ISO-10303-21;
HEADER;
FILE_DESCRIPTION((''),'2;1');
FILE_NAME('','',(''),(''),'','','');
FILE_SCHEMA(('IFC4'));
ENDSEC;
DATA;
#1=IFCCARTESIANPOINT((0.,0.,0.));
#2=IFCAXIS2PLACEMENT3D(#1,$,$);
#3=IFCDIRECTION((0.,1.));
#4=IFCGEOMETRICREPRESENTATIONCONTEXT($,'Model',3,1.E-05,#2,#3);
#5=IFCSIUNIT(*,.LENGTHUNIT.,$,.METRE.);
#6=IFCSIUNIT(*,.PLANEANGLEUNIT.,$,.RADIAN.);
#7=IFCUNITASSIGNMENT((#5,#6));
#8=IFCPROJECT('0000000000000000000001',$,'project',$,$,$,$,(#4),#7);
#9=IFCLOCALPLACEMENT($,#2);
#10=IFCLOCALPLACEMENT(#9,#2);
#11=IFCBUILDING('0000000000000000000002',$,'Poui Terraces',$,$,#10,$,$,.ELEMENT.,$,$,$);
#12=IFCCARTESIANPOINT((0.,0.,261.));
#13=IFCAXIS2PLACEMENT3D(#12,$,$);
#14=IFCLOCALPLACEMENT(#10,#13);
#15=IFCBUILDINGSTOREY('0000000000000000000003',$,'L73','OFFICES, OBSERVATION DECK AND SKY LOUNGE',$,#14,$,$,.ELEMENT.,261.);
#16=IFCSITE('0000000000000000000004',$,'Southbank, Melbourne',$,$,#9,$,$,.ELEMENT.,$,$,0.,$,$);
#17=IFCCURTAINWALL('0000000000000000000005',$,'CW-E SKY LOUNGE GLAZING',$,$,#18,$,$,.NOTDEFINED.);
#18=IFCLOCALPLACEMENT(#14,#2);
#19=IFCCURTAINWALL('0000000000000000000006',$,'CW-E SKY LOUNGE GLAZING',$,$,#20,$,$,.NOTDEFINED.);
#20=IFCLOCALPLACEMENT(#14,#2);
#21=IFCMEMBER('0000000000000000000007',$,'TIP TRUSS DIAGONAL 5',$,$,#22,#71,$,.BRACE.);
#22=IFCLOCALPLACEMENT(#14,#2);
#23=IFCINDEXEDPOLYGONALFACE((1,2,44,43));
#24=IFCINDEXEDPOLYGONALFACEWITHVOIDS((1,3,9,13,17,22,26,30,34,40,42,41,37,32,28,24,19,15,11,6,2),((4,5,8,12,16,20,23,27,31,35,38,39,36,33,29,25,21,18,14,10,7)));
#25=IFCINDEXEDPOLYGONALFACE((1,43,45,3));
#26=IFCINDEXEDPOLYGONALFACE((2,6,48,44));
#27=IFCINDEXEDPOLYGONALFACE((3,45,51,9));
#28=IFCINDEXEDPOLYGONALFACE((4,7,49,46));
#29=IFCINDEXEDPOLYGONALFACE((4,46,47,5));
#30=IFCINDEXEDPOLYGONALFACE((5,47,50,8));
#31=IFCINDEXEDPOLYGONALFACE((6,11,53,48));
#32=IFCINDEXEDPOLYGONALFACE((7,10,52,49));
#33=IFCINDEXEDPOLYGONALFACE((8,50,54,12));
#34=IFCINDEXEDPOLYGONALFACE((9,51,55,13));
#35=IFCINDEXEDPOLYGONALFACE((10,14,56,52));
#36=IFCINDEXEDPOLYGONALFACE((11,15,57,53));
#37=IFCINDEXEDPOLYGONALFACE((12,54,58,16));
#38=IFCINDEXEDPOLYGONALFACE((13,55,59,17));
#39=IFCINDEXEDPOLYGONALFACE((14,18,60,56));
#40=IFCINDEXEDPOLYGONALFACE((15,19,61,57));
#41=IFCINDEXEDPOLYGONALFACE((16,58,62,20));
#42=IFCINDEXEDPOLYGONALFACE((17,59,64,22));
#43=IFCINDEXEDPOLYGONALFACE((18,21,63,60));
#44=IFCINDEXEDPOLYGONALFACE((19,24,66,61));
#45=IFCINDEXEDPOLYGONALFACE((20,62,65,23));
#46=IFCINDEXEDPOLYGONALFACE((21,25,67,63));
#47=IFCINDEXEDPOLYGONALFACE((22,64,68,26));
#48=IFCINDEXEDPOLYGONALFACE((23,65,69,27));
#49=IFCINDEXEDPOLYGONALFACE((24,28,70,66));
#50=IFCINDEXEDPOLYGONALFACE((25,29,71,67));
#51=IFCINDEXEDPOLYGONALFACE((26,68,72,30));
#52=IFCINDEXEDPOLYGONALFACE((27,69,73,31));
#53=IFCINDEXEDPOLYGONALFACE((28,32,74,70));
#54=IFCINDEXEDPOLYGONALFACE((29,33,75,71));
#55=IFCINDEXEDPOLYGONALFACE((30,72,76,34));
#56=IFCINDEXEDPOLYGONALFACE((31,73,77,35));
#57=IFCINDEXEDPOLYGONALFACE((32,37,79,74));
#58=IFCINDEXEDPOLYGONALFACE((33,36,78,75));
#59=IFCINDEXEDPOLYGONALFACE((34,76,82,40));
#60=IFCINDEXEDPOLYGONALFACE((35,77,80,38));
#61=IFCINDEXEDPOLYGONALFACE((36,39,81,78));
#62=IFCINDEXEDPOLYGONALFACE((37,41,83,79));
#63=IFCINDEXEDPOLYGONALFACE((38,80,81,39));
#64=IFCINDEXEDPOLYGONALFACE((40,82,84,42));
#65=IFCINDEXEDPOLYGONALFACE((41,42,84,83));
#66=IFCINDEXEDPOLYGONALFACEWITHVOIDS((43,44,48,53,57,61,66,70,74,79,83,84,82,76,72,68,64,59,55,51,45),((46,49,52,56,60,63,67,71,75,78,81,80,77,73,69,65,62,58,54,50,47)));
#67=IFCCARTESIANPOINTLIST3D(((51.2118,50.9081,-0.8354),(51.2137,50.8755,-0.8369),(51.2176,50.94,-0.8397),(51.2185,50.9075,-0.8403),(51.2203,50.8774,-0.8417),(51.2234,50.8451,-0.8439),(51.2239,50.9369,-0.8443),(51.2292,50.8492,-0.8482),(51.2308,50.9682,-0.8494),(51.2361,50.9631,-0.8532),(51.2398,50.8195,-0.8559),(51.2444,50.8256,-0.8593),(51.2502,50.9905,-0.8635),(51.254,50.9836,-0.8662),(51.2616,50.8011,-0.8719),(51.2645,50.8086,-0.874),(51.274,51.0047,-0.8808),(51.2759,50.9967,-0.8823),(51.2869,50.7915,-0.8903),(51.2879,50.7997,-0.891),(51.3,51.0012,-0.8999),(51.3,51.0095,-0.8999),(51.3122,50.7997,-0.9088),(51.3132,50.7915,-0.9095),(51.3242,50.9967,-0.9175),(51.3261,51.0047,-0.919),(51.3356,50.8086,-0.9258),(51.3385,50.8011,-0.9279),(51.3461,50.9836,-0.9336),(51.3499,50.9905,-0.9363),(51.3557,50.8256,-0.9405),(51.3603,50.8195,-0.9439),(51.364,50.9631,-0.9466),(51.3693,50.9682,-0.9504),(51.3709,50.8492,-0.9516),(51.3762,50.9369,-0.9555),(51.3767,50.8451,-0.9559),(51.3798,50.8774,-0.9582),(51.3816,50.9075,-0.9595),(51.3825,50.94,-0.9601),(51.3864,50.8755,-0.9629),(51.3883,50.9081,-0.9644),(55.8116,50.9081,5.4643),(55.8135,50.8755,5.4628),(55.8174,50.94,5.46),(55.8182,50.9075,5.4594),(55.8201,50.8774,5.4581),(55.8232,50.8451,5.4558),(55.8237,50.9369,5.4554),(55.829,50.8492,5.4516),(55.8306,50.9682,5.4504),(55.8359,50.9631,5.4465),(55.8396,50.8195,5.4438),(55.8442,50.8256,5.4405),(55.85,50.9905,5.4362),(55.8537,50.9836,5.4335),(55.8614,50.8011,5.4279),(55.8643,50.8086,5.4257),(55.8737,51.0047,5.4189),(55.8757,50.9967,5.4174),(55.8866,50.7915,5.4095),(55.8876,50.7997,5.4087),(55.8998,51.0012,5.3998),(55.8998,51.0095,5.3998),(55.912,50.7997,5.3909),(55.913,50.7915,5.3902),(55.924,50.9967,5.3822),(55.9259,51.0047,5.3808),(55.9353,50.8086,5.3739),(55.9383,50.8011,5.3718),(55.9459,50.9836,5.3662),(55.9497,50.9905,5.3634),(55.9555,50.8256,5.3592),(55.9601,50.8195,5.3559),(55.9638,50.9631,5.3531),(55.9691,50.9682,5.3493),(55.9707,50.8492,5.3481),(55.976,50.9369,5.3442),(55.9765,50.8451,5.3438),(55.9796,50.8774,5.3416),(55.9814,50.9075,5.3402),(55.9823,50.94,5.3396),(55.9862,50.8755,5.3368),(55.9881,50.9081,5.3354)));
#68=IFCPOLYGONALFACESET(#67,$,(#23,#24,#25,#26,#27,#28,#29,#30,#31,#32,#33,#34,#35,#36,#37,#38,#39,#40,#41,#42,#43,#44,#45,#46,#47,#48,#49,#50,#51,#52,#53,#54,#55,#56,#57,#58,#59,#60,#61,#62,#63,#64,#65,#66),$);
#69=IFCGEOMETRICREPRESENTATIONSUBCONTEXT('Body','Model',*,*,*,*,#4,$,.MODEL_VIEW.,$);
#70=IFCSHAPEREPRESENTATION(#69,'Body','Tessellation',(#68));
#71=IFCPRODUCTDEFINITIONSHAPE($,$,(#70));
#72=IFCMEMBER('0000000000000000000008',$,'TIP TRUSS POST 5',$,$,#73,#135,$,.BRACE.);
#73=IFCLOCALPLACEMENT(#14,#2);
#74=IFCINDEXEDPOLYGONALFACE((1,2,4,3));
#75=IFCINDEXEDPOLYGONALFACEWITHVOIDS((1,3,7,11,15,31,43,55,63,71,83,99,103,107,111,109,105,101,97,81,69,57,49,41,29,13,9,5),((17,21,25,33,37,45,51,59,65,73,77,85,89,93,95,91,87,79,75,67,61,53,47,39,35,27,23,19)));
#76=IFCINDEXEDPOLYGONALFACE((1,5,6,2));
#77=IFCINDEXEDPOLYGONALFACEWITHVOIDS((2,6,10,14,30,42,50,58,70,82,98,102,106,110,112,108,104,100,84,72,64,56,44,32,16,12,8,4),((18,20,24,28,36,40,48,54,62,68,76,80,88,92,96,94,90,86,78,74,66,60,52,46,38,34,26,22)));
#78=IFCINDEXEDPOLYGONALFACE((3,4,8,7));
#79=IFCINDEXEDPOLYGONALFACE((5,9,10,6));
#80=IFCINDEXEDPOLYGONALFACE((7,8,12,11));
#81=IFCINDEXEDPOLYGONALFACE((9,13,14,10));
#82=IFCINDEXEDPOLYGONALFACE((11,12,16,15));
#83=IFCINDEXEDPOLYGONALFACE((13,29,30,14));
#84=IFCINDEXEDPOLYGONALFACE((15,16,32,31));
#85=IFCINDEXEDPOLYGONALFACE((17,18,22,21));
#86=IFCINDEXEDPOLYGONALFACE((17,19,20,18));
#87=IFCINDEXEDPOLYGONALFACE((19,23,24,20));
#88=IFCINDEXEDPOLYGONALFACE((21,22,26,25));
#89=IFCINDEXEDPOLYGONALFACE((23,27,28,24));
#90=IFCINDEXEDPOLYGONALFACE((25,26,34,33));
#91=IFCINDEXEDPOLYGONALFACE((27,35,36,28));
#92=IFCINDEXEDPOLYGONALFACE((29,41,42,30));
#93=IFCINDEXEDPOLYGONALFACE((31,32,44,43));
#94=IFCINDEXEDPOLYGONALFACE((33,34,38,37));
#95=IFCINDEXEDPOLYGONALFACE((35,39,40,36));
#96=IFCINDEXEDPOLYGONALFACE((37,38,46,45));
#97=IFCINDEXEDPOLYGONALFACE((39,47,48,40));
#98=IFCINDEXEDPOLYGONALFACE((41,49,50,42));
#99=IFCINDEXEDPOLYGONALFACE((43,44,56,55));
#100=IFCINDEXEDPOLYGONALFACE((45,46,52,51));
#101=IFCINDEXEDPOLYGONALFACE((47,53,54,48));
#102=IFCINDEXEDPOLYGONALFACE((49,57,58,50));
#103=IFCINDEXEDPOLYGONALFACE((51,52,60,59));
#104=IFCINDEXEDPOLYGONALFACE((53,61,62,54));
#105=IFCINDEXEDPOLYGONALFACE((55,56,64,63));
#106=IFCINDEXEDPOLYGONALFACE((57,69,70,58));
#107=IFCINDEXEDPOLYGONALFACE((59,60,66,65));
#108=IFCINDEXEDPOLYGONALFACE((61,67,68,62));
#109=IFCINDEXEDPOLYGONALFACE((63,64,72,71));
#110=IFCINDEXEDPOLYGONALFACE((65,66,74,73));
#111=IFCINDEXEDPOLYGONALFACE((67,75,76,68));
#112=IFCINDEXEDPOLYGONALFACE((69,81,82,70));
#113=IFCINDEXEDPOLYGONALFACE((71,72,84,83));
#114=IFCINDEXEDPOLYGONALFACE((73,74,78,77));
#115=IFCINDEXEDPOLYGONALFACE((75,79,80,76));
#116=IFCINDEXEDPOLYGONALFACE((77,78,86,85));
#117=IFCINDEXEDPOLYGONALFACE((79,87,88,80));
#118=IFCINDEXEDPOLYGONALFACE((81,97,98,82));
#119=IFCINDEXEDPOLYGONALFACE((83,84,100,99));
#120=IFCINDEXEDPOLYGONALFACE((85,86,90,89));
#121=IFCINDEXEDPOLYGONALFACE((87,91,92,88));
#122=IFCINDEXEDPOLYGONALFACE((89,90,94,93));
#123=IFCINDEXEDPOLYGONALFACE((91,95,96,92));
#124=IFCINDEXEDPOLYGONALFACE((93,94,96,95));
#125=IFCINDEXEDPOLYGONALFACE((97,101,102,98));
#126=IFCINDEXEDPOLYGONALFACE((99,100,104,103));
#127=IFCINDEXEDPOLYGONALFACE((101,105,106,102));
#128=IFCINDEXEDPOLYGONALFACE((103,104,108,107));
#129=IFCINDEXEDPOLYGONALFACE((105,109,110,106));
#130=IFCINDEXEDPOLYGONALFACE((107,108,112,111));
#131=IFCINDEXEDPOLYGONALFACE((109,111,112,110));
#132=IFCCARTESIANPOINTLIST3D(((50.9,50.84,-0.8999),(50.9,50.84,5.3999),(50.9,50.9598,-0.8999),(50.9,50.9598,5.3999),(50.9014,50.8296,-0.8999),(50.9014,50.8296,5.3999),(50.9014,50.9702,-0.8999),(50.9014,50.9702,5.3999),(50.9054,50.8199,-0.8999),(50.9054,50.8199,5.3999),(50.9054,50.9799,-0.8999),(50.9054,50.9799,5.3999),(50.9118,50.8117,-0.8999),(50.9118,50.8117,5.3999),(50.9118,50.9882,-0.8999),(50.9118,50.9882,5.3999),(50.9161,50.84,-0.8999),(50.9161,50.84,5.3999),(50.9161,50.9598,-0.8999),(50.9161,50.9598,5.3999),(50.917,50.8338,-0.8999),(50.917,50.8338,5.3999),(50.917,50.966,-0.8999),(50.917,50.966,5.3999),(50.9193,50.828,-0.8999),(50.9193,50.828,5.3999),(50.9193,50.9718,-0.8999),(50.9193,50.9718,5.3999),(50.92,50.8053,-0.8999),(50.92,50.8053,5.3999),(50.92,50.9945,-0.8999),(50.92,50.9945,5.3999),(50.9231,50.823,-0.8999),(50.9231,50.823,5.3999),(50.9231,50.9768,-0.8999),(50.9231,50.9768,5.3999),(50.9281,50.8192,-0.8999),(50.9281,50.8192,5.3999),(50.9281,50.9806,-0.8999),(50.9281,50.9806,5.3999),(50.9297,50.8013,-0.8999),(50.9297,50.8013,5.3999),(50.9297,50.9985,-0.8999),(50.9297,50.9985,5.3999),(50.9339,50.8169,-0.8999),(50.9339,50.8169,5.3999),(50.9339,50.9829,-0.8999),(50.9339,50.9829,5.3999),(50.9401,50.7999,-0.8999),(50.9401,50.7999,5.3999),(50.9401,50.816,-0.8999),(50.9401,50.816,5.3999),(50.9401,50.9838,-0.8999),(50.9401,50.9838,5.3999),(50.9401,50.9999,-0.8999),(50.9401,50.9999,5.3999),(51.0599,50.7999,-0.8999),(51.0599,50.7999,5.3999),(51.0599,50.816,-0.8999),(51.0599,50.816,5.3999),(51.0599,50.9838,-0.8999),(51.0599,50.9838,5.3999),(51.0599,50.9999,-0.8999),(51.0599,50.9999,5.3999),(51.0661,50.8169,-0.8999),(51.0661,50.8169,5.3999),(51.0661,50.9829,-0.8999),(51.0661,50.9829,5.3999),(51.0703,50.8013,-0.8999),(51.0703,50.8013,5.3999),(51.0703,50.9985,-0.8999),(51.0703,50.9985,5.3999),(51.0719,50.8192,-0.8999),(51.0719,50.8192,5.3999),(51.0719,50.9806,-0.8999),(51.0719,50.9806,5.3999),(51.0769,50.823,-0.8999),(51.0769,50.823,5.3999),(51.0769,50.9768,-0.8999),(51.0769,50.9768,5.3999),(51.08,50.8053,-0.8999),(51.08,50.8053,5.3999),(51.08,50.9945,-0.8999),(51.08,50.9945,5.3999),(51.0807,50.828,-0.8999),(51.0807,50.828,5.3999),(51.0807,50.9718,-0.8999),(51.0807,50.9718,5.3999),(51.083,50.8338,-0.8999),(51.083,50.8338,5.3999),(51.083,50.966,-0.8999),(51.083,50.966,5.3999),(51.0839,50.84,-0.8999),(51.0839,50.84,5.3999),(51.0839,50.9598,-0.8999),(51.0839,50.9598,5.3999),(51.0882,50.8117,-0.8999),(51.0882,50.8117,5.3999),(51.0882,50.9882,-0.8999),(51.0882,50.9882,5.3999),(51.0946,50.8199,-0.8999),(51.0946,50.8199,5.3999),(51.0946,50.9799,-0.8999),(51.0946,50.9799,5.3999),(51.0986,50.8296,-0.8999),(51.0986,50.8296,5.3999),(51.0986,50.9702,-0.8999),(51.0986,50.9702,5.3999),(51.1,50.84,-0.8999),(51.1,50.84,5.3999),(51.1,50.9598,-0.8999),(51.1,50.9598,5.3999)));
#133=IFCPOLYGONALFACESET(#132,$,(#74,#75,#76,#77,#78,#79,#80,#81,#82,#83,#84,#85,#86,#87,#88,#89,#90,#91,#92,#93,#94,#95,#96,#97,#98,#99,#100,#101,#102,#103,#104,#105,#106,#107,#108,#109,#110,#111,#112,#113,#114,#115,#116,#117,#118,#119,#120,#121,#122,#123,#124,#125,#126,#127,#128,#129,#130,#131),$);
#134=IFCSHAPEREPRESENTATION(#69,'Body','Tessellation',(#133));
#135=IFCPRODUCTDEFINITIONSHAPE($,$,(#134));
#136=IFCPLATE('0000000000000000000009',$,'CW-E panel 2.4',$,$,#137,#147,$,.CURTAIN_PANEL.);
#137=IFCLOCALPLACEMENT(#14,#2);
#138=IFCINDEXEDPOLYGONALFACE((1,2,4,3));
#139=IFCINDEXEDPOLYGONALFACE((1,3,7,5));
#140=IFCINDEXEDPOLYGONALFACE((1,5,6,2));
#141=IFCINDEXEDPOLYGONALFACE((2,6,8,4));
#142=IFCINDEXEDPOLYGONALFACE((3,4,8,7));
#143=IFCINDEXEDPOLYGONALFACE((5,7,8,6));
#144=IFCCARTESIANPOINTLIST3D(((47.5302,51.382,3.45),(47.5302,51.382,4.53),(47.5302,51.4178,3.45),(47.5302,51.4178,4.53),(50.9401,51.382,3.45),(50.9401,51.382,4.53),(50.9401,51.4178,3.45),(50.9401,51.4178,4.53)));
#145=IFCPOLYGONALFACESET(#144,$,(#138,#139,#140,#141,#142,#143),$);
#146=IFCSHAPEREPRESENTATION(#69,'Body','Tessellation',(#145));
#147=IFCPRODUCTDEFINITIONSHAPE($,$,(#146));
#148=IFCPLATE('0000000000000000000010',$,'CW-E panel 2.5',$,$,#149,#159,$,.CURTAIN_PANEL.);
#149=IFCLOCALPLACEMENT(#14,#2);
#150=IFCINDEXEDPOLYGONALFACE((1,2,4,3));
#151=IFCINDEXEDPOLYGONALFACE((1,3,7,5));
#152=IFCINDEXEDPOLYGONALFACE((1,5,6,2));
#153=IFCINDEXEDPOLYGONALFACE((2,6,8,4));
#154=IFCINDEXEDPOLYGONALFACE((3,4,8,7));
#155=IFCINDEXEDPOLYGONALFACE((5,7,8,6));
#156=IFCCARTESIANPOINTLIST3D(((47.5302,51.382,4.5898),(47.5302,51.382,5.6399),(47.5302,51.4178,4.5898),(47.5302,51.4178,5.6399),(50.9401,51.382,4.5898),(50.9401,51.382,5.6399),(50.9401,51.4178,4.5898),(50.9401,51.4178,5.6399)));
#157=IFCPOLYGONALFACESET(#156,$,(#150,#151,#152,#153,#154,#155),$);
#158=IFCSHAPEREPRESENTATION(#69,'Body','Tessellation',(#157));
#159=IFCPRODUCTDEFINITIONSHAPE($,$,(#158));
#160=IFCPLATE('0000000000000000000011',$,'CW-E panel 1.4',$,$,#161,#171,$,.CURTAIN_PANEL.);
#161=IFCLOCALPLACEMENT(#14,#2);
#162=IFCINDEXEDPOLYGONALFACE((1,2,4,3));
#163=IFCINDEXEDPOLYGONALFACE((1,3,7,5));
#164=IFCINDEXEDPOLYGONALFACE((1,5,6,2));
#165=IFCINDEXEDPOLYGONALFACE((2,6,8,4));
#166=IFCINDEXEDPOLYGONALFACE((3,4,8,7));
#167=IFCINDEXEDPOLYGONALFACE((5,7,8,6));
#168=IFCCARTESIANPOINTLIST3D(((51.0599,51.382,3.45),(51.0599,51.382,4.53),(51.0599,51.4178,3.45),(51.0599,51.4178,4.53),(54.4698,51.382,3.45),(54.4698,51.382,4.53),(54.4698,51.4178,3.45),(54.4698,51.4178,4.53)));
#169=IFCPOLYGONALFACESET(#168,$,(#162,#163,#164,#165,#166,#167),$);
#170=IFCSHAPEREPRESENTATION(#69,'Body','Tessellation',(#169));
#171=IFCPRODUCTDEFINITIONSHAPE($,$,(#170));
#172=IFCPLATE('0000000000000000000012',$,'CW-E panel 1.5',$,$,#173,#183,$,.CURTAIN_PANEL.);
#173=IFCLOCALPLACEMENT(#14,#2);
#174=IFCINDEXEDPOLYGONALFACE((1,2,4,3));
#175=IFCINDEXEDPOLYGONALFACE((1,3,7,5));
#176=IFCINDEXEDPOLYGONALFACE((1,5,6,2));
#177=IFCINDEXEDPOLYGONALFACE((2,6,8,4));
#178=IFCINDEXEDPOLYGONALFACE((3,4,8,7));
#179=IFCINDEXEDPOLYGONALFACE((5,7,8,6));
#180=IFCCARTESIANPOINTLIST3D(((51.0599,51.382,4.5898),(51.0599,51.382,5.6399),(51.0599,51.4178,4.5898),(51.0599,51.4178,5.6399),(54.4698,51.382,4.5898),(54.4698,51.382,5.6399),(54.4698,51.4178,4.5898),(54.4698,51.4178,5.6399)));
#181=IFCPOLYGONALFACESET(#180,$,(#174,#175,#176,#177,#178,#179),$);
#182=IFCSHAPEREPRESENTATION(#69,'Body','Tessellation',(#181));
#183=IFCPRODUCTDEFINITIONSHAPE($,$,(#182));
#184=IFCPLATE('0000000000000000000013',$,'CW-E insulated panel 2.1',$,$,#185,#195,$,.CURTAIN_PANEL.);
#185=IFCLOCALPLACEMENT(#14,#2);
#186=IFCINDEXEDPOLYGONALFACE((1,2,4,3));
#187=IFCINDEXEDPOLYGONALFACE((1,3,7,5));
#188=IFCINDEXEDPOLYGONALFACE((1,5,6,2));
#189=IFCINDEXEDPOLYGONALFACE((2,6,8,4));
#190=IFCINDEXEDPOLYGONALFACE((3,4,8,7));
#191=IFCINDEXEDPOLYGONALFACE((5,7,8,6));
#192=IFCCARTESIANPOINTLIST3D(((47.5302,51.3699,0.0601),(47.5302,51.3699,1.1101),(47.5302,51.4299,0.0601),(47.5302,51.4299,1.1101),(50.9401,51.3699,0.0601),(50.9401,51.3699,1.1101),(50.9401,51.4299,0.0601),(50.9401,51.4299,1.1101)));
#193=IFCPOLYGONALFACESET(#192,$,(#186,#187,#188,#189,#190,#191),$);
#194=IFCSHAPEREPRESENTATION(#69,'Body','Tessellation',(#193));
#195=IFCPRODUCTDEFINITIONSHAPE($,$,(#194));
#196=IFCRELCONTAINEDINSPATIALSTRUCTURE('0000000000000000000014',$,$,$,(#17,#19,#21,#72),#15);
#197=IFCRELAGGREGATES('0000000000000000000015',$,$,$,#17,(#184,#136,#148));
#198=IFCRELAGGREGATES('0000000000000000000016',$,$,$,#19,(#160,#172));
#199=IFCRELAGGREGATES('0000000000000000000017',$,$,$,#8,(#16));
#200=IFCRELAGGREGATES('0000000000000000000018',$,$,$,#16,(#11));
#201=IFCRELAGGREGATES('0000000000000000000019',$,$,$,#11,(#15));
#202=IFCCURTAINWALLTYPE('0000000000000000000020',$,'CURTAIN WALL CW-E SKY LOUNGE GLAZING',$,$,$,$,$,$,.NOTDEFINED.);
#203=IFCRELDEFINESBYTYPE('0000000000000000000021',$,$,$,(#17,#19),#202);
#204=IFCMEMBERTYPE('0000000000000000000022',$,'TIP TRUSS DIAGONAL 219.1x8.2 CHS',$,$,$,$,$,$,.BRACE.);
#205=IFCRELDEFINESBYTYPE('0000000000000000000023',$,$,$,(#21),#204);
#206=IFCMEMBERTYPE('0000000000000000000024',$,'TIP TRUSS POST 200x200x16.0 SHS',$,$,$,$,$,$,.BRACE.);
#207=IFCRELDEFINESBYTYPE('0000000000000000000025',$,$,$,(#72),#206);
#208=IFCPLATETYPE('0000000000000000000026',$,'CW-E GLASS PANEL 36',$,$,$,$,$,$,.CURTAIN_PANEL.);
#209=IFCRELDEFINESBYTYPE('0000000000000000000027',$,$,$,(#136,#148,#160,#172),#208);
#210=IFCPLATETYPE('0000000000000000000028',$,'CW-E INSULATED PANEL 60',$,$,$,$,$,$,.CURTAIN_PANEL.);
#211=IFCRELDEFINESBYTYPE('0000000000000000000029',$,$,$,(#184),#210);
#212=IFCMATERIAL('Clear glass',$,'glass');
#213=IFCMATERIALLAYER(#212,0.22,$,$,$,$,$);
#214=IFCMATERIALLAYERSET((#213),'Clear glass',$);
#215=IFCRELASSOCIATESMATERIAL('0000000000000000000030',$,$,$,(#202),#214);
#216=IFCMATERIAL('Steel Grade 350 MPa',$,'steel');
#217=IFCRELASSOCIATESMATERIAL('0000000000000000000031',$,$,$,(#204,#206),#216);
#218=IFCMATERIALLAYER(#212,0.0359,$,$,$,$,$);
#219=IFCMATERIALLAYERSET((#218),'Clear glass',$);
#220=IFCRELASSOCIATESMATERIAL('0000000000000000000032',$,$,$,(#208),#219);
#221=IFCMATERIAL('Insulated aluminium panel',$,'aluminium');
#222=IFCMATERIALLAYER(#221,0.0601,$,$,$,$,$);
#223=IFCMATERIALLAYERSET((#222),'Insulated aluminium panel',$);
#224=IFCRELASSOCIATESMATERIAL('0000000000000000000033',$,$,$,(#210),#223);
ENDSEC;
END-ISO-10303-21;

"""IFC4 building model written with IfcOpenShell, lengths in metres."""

from ifc_helpers import new_model, si_unit, direction, frame, origin, origin_2d, place, context, subcontext, project, spatial, rectangle, hollow_rectangle, hollow_circle, extrude, material, layer, layer_set, material_profile, profile_set, type_object, element, aggregate, save


model = new_model("IFC4")

# Units and contexts
model_context = context("Model", 3, precision=1e-05, world=origin(), true_north=direction((0.0, 1.0)))
body_context = subcontext(model_context, "Body", "Model", "MODEL_VIEW")
ifc_project = project(units=[si_unit("LENGTHUNIT", "METRE"), si_unit("PLANEANGLEUNIT", "RADIAN")], contexts=[model_context])

# Site, building, storey
site_placement = place(None, origin())
site = spatial("IfcSite", under=ifc_project, at=site_placement, Name="Southbank, Melbourne", CompositionType="ELEMENT", RefElevation=0.0)
building_placement = place(site_placement, origin())
building = spatial("IfcBuilding", under=site, at=building_placement, Name="Poui Terraces", CompositionType="ELEMENT")
storey_placement = place(building_placement, frame((0.0, 0.0, 261.0)))
storey = spatial("IfcBuildingStorey", under=building, at=storey_placement, Name="L73", Description="OFFICES, OBSERVATION DECK AND SKY LOUNGE", CompositionType="ELEMENT", Elevation=261.0)

# Curtain wall
ifc_material_1 = material(Name="Clear glass", Category="glass")
ifc_layer_1 = layer(ifc_material_1, 0.22)
ifc_layer_set_1 = layer_set([ifc_layer_1], Name="Clear glass")
curtain_wall_type = type_object("IfcCurtainWallType", Name="CURTAIN WALL CW-E SKY LOUNGE GLAZING", PredefinedType="NOTDEFINED", material=ifc_layer_set_1)
curtain_wall_1_placement = place(storey_placement, origin())
curtain_wall_1 = element("IfcCurtainWall", 1, at=curtain_wall_1_placement, inside=storey, type_object=curtain_wall_type, Name="CW-E SKY LOUNGE GLAZING", PredefinedType="NOTDEFINED")

# Curtain wall
curtain_wall_2_placement = place(storey_placement, origin())
curtain_wall_2 = element("IfcCurtainWall", 2, at=curtain_wall_2_placement, inside=storey, type_object=curtain_wall_type, Name="CW-E SKY LOUNGE GLAZING", PredefinedType="NOTDEFINED")

# Members
ifc_material_2 = material(Name="Steel Grade 350 MPa", Category="steel")
ifc_material_profile_1 = material_profile(ifc_material_2, hollow_circle(Radius=0.1096, WallThickness=0.0083, at=origin_2d()), Name="219.1x8.2 CHS")
ifc_profile_set_1 = profile_set([ifc_material_profile_1], Name="Steel Grade 350 MPa")
member_type_1 = type_object("IfcMemberType", Name="TIP TRUSS DIAGONAL 219.1x8.2 CHS", PredefinedType="BRACE", material=ifc_profile_set_1)
member_1_placement = place(storey_placement, frame((51.3, 50.8999, -0.8999), z_axis=(0.589695, 0.0, 0.807626), x_axis=(0.0, 1.0, 0.0)))
element("IfcMember", 3, at=member_1_placement, inside=storey, type_object=member_type_1, Name="TIP TRUSS DIAGONAL 5", PredefinedType="BRACE", context=body_context, shape_type="SweptSolid", body=[
    extrude(hollow_circle(Radius=0.1096, WallThickness=0.0083, at=origin_2d()), origin(), (0.0, 0.0, 1.0), 7.8003),
])
ifc_material_profile_2 = material_profile(ifc_material_2, hollow_rectangle(XDim=0.2, YDim=0.2, WallThickness=0.0161, InnerFilletRadius=0.0239, OuterFilletRadius=0.04, at=origin_2d()), Name="200x200x16.0 SHS")
ifc_profile_set_2 = profile_set([ifc_material_profile_2], Name="Steel Grade 350 MPa")
member_type_2 = type_object("IfcMemberType", Name="TIP TRUSS POST 200x200x16.0 SHS", PredefinedType="BRACE", material=ifc_profile_set_2)
member_2_placement = place(storey_placement, frame((51.0, 50.8999, -0.8999), z_axis=(0.0, 0.0, 1.0), x_axis=(1.0, 0.0, 0.0)))
element("IfcMember", 4, at=member_2_placement, inside=storey, type_object=member_type_2, Name="TIP TRUSS POST 5", PredefinedType="BRACE", context=body_context, shape_type="SweptSolid", body=[
    extrude(hollow_rectangle(XDim=0.2, YDim=0.2, WallThickness=0.0161, InnerFilletRadius=0.0239, OuterFilletRadius=0.04, at=origin_2d()), origin(), (0.0, 0.0, 1.0), 6.2998),
])

# Plates
ifc_layer_2 = layer(ifc_material_1, 0.0359)
ifc_layer_set_2 = layer_set([ifc_layer_2], Name="Clear glass")
plate_type_1 = type_object("IfcPlateType", Name="CW-E GLASS PANEL 36", PredefinedType="CURTAIN_PANEL", material=ifc_layer_set_2)
plate_1_placement = place(storey_placement, frame((49.2351, 51.3999, 3.45), z_axis=(0.0, 0.0, 1.0), x_axis=(1.0, 0.0, 0.0)))
plate_1 = element("IfcPlate", 5, at=plate_1_placement, type_object=plate_type_1, Name="CW-E panel 2.4", PredefinedType="CURTAIN_PANEL", context=body_context, shape_type="SweptSolid", body=[
    extrude(rectangle(XDim=3.4099, YDim=0.0359, at=origin_2d()), origin(), (0.0, 0.0, 1.0), 1.0801),
])
plate_2_placement = place(storey_placement, frame((49.2351, 51.3999, 4.5898), z_axis=(0.0, 0.0, 1.0), x_axis=(1.0, 0.0, 0.0)))
plate_2 = element("IfcPlate", 6, at=plate_2_placement, type_object=plate_type_1, Name="CW-E panel 2.5", PredefinedType="CURTAIN_PANEL", context=body_context, shape_type="SweptSolid", body=[
    extrude(rectangle(XDim=3.4099, YDim=0.0359, at=origin_2d()), origin(), (0.0, 0.0, 1.0), 1.05),
])
plate_3_placement = place(storey_placement, frame((52.7649, 51.3999, 3.45), z_axis=(0.0, 0.0, 1.0), x_axis=(1.0, 0.0, 0.0)))
plate_3 = element("IfcPlate", 7, at=plate_3_placement, type_object=plate_type_1, Name="CW-E panel 1.4", PredefinedType="CURTAIN_PANEL", context=body_context, shape_type="SweptSolid", body=[
    extrude(rectangle(XDim=3.4099, YDim=0.0359, at=origin_2d()), origin(), (0.0, 0.0, 1.0), 1.0801),
])
plate_4_placement = place(storey_placement, frame((52.7649, 51.3999, 4.5898), z_axis=(0.0, 0.0, 1.0), x_axis=(1.0, 0.0, 0.0)))
plate_4 = element("IfcPlate", 8, at=plate_4_placement, type_object=plate_type_1, Name="CW-E panel 1.5", PredefinedType="CURTAIN_PANEL", context=body_context, shape_type="SweptSolid", body=[
    extrude(rectangle(XDim=3.4099, YDim=0.0359, at=origin_2d()), origin(), (0.0, 0.0, 1.0), 1.05),
])
ifc_material_3 = material(Name="Insulated aluminium panel", Category="aluminium")
ifc_layer_3 = layer(ifc_material_3, 0.0601)
ifc_layer_set_3 = layer_set([ifc_layer_3], Name="Insulated aluminium panel")
plate_type_2 = type_object("IfcPlateType", Name="CW-E INSULATED PANEL 60", PredefinedType="CURTAIN_PANEL", material=ifc_layer_set_3)
plate_5_placement = place(storey_placement, frame((49.2351, 51.3999, 0.0601), z_axis=(0.0, 0.0, 1.0), x_axis=(1.0, 0.0, 0.0)))
plate_5 = element("IfcPlate", 9, at=plate_5_placement, type_object=plate_type_2, Name="CW-E insulated panel 2.1", PredefinedType="CURTAIN_PANEL", context=body_context, shape_type="SweptSolid", body=[
    extrude(rectangle(XDim=3.4099, YDim=0.0601, at=origin_2d()), origin(), (0.0, 0.0, 1.0), 1.05),
])
aggregate(curtain_wall_1, [plate_5, plate_1, plate_2])
aggregate(curtain_wall_2, [plate_3, plate_4])

save(model, "model.ifc")
